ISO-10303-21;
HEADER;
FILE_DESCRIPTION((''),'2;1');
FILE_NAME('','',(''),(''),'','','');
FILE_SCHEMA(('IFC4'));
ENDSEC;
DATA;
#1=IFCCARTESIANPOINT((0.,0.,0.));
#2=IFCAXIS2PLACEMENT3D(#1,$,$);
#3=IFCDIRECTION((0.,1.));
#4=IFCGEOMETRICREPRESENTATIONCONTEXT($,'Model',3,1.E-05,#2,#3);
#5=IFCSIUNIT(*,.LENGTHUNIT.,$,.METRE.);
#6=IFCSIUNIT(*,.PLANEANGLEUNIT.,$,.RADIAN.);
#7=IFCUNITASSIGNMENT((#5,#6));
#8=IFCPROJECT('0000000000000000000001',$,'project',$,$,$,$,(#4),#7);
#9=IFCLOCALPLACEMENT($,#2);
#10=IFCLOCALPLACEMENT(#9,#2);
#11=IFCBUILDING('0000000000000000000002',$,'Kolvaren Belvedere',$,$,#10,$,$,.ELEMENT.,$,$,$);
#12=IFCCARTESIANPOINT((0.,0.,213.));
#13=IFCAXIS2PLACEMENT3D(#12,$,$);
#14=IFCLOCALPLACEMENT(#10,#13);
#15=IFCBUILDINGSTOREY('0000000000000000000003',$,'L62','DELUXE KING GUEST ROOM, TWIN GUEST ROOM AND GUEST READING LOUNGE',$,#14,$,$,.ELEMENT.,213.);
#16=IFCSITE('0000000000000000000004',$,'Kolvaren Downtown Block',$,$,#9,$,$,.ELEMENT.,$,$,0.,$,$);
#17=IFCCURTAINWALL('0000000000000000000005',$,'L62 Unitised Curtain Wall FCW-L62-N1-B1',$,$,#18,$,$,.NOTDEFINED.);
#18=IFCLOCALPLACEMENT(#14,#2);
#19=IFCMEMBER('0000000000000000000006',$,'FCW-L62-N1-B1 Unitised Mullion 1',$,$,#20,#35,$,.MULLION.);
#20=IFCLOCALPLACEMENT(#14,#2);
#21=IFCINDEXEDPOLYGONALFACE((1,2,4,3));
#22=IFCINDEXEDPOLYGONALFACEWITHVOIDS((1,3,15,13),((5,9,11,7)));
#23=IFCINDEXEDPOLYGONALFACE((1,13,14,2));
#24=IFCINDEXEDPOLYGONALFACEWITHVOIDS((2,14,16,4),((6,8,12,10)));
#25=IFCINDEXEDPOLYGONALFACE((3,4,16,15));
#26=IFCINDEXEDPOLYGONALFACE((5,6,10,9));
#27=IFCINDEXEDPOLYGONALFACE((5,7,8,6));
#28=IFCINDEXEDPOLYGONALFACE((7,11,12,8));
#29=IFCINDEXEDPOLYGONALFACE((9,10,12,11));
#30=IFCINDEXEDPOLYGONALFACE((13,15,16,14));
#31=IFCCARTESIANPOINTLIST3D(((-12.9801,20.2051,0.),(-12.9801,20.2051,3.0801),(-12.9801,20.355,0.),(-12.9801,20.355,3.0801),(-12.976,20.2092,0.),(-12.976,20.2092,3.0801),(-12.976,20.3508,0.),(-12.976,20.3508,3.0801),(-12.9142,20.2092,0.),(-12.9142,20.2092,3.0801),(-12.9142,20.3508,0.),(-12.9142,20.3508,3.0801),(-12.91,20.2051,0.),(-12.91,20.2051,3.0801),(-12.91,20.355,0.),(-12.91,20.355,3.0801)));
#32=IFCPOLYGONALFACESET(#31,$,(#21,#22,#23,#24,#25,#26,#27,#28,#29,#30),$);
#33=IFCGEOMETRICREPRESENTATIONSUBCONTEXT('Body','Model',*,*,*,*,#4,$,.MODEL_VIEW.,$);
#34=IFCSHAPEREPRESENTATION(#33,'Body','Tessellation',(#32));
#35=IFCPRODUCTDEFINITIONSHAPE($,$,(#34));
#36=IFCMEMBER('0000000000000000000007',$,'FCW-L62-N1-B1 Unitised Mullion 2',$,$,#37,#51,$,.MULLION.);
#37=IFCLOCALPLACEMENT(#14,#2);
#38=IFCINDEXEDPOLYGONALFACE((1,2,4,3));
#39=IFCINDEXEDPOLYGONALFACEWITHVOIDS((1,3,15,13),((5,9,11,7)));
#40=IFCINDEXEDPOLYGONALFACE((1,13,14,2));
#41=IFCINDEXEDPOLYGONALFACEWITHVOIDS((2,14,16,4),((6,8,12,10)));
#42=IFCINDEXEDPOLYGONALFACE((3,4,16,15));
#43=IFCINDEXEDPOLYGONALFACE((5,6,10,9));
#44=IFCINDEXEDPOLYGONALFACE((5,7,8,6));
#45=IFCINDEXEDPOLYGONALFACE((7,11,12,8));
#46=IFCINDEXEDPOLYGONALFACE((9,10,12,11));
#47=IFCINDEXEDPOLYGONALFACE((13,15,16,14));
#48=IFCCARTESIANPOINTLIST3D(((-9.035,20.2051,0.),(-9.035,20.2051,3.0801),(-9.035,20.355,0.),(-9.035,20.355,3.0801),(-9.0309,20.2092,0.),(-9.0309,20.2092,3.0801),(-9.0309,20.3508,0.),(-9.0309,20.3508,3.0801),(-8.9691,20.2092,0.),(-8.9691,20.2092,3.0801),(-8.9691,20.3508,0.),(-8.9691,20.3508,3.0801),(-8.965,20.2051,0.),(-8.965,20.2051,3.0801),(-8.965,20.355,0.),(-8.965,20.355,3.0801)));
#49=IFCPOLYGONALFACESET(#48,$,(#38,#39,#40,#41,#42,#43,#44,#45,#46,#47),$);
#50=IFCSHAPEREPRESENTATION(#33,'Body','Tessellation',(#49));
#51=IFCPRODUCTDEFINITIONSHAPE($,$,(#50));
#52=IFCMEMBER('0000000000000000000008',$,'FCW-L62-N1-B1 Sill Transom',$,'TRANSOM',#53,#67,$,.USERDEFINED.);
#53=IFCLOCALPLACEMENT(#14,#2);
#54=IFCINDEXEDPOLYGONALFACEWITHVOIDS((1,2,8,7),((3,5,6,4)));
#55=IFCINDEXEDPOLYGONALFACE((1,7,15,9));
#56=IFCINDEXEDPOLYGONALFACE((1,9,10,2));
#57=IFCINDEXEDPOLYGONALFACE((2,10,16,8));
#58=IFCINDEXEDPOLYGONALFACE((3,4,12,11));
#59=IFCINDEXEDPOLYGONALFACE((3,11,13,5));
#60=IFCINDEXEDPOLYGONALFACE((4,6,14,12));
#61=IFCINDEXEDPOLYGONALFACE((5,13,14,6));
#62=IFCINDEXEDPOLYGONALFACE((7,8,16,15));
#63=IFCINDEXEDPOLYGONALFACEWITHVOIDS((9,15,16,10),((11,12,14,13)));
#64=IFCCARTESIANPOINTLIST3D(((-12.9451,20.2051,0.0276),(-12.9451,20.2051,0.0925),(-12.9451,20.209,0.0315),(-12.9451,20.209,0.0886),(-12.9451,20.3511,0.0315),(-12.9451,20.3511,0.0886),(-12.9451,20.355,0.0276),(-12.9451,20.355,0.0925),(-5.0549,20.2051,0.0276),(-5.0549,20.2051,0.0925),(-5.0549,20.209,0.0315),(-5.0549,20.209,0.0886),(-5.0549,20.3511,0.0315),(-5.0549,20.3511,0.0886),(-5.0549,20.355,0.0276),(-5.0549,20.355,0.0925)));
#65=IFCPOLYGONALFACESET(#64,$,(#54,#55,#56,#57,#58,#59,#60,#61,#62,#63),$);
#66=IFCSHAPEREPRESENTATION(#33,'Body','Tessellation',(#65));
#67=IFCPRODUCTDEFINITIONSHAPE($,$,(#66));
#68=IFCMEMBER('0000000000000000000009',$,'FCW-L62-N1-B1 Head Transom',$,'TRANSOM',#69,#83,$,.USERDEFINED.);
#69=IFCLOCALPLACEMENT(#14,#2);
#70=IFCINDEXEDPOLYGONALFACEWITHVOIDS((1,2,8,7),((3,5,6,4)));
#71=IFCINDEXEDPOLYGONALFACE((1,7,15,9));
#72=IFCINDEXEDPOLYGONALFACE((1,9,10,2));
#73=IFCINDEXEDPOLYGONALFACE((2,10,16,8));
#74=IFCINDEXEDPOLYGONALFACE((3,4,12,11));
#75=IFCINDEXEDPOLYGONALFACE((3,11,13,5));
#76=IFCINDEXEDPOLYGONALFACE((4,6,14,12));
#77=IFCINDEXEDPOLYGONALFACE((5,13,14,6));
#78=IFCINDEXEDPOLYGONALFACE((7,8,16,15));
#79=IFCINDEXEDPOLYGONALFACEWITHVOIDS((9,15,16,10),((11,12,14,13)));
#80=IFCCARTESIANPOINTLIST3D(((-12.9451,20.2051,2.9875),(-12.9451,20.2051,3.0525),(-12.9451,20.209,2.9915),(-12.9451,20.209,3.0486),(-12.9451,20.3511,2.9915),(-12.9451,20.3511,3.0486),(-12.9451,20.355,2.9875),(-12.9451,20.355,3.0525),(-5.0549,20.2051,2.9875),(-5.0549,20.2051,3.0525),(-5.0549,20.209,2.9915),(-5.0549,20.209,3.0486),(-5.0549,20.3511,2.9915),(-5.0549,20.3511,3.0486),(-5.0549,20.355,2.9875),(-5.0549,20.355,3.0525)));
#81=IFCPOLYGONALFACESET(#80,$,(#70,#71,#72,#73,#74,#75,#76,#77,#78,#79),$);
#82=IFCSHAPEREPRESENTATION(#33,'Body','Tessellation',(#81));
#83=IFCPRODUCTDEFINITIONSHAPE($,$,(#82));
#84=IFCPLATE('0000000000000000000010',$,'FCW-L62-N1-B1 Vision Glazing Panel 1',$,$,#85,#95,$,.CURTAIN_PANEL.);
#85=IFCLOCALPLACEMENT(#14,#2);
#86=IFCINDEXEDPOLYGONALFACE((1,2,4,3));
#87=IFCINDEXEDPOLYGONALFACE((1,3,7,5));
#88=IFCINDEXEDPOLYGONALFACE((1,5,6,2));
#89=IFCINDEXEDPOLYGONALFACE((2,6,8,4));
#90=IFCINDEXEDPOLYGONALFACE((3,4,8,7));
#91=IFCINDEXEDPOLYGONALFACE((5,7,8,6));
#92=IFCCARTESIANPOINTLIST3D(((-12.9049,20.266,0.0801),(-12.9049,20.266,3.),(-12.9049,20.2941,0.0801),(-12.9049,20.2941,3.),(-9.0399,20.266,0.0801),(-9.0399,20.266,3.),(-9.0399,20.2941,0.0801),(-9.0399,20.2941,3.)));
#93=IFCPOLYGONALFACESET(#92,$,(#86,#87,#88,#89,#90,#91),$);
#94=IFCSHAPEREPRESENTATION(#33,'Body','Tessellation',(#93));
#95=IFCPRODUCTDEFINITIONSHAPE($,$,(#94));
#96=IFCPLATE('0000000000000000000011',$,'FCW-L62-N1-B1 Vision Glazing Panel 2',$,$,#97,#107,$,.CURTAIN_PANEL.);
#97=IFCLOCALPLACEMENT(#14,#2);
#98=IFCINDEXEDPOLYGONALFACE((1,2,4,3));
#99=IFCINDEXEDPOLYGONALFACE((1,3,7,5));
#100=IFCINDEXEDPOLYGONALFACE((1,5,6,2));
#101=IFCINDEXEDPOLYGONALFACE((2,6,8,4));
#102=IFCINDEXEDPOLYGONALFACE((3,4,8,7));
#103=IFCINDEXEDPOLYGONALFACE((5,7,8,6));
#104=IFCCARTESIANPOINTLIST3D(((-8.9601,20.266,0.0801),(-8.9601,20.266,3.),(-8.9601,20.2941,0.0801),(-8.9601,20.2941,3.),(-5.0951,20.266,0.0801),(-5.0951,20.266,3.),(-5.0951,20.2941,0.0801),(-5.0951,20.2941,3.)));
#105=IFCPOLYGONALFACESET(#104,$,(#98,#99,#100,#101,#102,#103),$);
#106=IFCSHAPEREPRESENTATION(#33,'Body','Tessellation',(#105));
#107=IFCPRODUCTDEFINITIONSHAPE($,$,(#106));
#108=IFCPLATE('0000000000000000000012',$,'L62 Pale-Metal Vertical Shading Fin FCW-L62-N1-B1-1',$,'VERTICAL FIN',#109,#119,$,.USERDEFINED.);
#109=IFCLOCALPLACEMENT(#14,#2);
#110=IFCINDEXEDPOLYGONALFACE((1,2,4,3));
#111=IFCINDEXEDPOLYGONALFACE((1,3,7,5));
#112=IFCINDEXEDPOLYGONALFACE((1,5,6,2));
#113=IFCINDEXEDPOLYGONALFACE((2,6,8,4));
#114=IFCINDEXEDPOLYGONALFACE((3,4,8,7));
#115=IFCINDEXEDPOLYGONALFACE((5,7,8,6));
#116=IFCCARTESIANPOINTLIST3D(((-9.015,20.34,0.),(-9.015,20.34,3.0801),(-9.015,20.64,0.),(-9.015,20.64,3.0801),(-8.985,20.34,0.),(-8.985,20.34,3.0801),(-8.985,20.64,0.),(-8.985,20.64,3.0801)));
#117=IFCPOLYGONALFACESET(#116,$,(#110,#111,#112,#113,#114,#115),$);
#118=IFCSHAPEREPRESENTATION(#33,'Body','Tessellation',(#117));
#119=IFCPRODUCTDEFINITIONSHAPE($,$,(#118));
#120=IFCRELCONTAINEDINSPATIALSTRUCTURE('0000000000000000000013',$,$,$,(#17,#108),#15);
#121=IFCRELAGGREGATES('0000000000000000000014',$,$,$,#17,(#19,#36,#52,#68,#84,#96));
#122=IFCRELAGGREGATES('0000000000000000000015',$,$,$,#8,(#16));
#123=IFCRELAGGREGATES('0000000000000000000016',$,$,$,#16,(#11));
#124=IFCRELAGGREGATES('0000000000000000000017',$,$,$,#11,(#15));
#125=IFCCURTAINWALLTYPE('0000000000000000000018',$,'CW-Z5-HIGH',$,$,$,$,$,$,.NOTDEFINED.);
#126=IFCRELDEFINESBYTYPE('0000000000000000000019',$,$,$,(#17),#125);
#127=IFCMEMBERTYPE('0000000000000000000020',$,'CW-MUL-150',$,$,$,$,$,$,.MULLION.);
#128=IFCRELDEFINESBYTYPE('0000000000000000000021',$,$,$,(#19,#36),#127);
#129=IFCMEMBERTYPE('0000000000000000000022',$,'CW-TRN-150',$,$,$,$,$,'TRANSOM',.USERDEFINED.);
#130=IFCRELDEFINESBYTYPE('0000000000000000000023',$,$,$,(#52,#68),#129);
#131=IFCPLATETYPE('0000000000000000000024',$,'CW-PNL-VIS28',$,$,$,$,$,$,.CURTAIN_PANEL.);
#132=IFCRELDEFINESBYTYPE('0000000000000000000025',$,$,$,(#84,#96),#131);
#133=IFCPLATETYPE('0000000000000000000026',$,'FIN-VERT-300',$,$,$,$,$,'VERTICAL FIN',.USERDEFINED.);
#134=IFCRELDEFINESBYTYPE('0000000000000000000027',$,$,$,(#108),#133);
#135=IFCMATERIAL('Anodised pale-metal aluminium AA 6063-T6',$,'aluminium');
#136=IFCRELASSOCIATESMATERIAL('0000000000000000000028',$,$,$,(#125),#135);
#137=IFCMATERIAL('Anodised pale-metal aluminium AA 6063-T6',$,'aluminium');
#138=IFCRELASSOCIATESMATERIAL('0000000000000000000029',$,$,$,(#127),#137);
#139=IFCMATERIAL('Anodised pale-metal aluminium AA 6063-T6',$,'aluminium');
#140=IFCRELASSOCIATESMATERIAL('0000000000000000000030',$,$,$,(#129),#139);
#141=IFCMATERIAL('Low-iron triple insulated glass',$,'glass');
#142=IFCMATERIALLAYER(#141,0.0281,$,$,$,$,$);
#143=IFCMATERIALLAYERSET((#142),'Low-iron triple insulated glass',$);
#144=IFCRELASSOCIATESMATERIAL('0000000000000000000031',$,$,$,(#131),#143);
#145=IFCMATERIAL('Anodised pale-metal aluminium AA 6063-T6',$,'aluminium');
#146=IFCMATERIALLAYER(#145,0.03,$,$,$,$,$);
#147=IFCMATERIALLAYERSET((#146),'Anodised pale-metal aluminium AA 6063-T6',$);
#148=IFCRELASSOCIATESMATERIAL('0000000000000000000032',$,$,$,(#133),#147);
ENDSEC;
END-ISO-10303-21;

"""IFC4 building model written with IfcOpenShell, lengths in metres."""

from ifc_helpers import new_model, si_unit, direction, frame, origin, origin_2d, place, context, subcontext, project, spatial, rectangle, hollow_rectangle, extrude, material, layer, layer_set, material_profile, profile_set, type_object, element, aggregate, save


model = new_model("IFC4")

# Units and contexts
model_context = context("Model", 3, precision=1e-05, world=origin(), true_north=direction((0.0, 1.0)))
body_context = subcontext(model_context, "Body", "Model", "MODEL_VIEW")
ifc_project = project(units=[si_unit("LENGTHUNIT", "METRE"), si_unit("PLANEANGLEUNIT", "RADIAN")], contexts=[model_context])

# Site, building, storey
site_placement = place(None, origin())
site = spatial("IfcSite", under=ifc_project, at=site_placement, Name="Kolvaren Downtown Block", CompositionType="ELEMENT", RefElevation=0.0)
building_placement = place(site_placement, origin())
building = spatial("IfcBuilding", under=site, at=building_placement, Name="Kolvaren Belvedere", CompositionType="ELEMENT")
storey_placement = place(building_placement, frame((0.0, 0.0, 213.0)))
storey = spatial("IfcBuildingStorey", under=building, at=storey_placement, Name="L62", Description="DELUXE KING GUEST ROOM, TWIN GUEST ROOM AND GUEST READING LOUNGE", CompositionType="ELEMENT", Elevation=213.0)

# Curtain wall, members, plates
ifc_material_1 = material(Name="Anodised pale-metal aluminium AA 6063-T6", Category="aluminium")
curtain_wall_type = type_object("IfcCurtainWallType", Name="CW-Z5-HIGH", PredefinedType="NOTDEFINED", material=ifc_material_1)
curtain_wall_placement = place(storey_placement, origin())
curtain_wall = element("IfcCurtainWall", 1, at=curtain_wall_placement, inside=storey, type_object=curtain_wall_type, Name="L62 Unitised Curtain Wall FCW-L62-N1-B1", PredefinedType="NOTDEFINED")
ifc_material_2 = material(Name="Anodised pale-metal aluminium AA 6063-T6", Category="aluminium")
ifc_material_profile_1 = material_profile(ifc_material_2, hollow_rectangle(XDim=0.0701, YDim=0.1499, WallThickness=0.0042, at=origin_2d()), Name="ALU-MUL-150X70")
ifc_profile_set_1 = profile_set([ifc_material_profile_1], Name="Anodised pale-metal aluminium AA 6063-T6")
member_type_1 = type_object("IfcMemberType", Name="CW-MUL-150", PredefinedType="MULLION", material=ifc_profile_set_1)
member_1_placement = place(storey_placement, frame((-12.9451, 20.28, 0.0), z_axis=(0.0, 0.0, 1.0), x_axis=(1.0, 0.0, 0.0)))
member_1 = element("IfcMember", 2, at=member_1_placement, type_object=member_type_1, Name="FCW-L62-N1-B1 Unitised Mullion 1", PredefinedType="MULLION", context=body_context, shape_type="SweptSolid", body=[
    extrude(hollow_rectangle(XDim=0.0701, YDim=0.1499, WallThickness=0.0042, at=origin_2d()), origin(), (0.0, 0.0, 1.0), 3.0801),
])
member_2_placement = place(storey_placement, frame((-9.0, 20.28, 0.0), z_axis=(0.0, 0.0, 1.0), x_axis=(1.0, 0.0, 0.0)))
member_2 = element("IfcMember", 3, at=member_2_placement, type_object=member_type_1, Name="FCW-L62-N1-B1 Unitised Mullion 2", PredefinedType="MULLION", context=body_context, shape_type="SweptSolid", body=[
    extrude(hollow_rectangle(XDim=0.0701, YDim=0.1499, WallThickness=0.0042, at=origin_2d()), origin(), (0.0, 0.0, 1.0), 3.0801),
])
ifc_material_3 = material(Name="Anodised pale-metal aluminium AA 6063-T6", Category="aluminium")
ifc_material_profile_2 = material_profile(ifc_material_3, hollow_rectangle(XDim=0.0649, YDim=0.1499, WallThickness=0.0039, at=origin_2d()), Name="ALU-TRN-150X65")
ifc_profile_set_2 = profile_set([ifc_material_profile_2], Name="Anodised pale-metal aluminium AA 6063-T6")
member_type_2 = type_object("IfcMemberType", Name="CW-TRN-150", ElementType="TRANSOM", PredefinedType="USERDEFINED", material=ifc_profile_set_2)
member_3_placement = place(storey_placement, frame((-12.9451, 20.28, 0.0601), z_axis=(1.0, 0.0, 0.0), x_axis=(0.0, 0.0, 1.0)))
member_3 = element("IfcMember", 4, at=member_3_placement, type_object=member_type_2, Name="FCW-L62-N1-B1 Sill Transom", ObjectType="TRANSOM", PredefinedType="USERDEFINED", context=body_context, shape_type="SweptSolid", body=[
    extrude(hollow_rectangle(XDim=0.0649, YDim=0.1499, WallThickness=0.0039, at=origin_2d()), origin(), (0.0, 0.0, 1.0), 7.8901),
])
member_4_placement = place(storey_placement, frame((-12.9451, 20.28, 3.02), z_axis=(1.0, 0.0, 0.0), x_axis=(0.0, 0.0, 1.0)))
member_4 = element("IfcMember", 5, at=member_4_placement, type_object=member_type_2, Name="FCW-L62-N1-B1 Head Transom", ObjectType="TRANSOM", PredefinedType="USERDEFINED", context=body_context, shape_type="SweptSolid", body=[
    extrude(hollow_rectangle(XDim=0.0649, YDim=0.1499, WallThickness=0.0039, at=origin_2d()), origin(), (0.0, 0.0, 1.0), 7.8901),
])
ifc_material_4 = material(Name="Low-iron triple insulated glass", Category="glass")
ifc_layer_1 = layer(ifc_material_4, 0.0281)
ifc_layer_set_1 = layer_set([ifc_layer_1], Name="Low-iron triple insulated glass")
plate_type_1 = type_object("IfcPlateType", Name="CW-PNL-VIS28", PredefinedType="CURTAIN_PANEL", material=ifc_layer_set_1)
plate_1_placement = place(storey_placement, frame((-10.9724, 20.28, 0.0801), z_axis=(0.0, 0.0, 1.0), x_axis=(1.0, 0.0, 0.0)))
plate_1 = element("IfcPlate", 6, at=plate_1_placement, type_object=plate_type_1, Name="FCW-L62-N1-B1 Vision Glazing Panel 1", PredefinedType="CURTAIN_PANEL", context=body_context, shape_type="SweptSolid", body=[
    extrude(rectangle(XDim=3.865, YDim=0.0281, at=origin_2d()), origin(), (0.0, 0.0, 1.0), 2.9199),
])
plate_2_placement = place(storey_placement, frame((-7.0276, 20.28, 0.0801), z_axis=(0.0, 0.0, 1.0), x_axis=(1.0, 0.0, 0.0)))
plate_2 = element("IfcPlate", 7, at=plate_2_placement, type_object=plate_type_1, Name="FCW-L62-N1-B1 Vision Glazing Panel 2", PredefinedType="CURTAIN_PANEL", context=body_context, shape_type="SweptSolid", body=[
    extrude(rectangle(XDim=3.865, YDim=0.0281, at=origin_2d()), origin(), (0.0, 0.0, 1.0), 2.9199),
])
aggregate(curtain_wall, [member_1, member_2, member_3, member_4, plate_1, plate_2])

# Plate
ifc_material_5 = material(Name="Anodised pale-metal aluminium AA 6063-T6", Category="aluminium")
ifc_layer_2 = layer(ifc_material_5, 0.03)
ifc_layer_set_2 = layer_set([ifc_layer_2], Name="Anodised pale-metal aluminium AA 6063-T6")
plate_type_2 = type_object("IfcPlateType", Name="FIN-VERT-300", ElementType="VERTICAL FIN", PredefinedType="USERDEFINED", material=ifc_layer_set_2)
plate_3_placement = place(storey_placement, frame((-9.0, 20.49, 0.0), z_axis=(0.0, 0.0, 1.0), x_axis=(0.0, 1.0, 0.0)))
element("IfcPlate", 8, at=plate_3_placement, inside=storey, type_object=plate_type_2, Name="L62 Pale-Metal Vertical Shading Fin FCW-L62-N1-B1-1", ObjectType="VERTICAL FIN", PredefinedType="USERDEFINED", context=body_context, shape_type="SweptSolid", body=[
    extrude(rectangle(XDim=0.3, YDim=0.03, at=origin_2d()), origin(), (0.0, 0.0, 1.0), 3.0801),
])

save(model, "model.ifc")
